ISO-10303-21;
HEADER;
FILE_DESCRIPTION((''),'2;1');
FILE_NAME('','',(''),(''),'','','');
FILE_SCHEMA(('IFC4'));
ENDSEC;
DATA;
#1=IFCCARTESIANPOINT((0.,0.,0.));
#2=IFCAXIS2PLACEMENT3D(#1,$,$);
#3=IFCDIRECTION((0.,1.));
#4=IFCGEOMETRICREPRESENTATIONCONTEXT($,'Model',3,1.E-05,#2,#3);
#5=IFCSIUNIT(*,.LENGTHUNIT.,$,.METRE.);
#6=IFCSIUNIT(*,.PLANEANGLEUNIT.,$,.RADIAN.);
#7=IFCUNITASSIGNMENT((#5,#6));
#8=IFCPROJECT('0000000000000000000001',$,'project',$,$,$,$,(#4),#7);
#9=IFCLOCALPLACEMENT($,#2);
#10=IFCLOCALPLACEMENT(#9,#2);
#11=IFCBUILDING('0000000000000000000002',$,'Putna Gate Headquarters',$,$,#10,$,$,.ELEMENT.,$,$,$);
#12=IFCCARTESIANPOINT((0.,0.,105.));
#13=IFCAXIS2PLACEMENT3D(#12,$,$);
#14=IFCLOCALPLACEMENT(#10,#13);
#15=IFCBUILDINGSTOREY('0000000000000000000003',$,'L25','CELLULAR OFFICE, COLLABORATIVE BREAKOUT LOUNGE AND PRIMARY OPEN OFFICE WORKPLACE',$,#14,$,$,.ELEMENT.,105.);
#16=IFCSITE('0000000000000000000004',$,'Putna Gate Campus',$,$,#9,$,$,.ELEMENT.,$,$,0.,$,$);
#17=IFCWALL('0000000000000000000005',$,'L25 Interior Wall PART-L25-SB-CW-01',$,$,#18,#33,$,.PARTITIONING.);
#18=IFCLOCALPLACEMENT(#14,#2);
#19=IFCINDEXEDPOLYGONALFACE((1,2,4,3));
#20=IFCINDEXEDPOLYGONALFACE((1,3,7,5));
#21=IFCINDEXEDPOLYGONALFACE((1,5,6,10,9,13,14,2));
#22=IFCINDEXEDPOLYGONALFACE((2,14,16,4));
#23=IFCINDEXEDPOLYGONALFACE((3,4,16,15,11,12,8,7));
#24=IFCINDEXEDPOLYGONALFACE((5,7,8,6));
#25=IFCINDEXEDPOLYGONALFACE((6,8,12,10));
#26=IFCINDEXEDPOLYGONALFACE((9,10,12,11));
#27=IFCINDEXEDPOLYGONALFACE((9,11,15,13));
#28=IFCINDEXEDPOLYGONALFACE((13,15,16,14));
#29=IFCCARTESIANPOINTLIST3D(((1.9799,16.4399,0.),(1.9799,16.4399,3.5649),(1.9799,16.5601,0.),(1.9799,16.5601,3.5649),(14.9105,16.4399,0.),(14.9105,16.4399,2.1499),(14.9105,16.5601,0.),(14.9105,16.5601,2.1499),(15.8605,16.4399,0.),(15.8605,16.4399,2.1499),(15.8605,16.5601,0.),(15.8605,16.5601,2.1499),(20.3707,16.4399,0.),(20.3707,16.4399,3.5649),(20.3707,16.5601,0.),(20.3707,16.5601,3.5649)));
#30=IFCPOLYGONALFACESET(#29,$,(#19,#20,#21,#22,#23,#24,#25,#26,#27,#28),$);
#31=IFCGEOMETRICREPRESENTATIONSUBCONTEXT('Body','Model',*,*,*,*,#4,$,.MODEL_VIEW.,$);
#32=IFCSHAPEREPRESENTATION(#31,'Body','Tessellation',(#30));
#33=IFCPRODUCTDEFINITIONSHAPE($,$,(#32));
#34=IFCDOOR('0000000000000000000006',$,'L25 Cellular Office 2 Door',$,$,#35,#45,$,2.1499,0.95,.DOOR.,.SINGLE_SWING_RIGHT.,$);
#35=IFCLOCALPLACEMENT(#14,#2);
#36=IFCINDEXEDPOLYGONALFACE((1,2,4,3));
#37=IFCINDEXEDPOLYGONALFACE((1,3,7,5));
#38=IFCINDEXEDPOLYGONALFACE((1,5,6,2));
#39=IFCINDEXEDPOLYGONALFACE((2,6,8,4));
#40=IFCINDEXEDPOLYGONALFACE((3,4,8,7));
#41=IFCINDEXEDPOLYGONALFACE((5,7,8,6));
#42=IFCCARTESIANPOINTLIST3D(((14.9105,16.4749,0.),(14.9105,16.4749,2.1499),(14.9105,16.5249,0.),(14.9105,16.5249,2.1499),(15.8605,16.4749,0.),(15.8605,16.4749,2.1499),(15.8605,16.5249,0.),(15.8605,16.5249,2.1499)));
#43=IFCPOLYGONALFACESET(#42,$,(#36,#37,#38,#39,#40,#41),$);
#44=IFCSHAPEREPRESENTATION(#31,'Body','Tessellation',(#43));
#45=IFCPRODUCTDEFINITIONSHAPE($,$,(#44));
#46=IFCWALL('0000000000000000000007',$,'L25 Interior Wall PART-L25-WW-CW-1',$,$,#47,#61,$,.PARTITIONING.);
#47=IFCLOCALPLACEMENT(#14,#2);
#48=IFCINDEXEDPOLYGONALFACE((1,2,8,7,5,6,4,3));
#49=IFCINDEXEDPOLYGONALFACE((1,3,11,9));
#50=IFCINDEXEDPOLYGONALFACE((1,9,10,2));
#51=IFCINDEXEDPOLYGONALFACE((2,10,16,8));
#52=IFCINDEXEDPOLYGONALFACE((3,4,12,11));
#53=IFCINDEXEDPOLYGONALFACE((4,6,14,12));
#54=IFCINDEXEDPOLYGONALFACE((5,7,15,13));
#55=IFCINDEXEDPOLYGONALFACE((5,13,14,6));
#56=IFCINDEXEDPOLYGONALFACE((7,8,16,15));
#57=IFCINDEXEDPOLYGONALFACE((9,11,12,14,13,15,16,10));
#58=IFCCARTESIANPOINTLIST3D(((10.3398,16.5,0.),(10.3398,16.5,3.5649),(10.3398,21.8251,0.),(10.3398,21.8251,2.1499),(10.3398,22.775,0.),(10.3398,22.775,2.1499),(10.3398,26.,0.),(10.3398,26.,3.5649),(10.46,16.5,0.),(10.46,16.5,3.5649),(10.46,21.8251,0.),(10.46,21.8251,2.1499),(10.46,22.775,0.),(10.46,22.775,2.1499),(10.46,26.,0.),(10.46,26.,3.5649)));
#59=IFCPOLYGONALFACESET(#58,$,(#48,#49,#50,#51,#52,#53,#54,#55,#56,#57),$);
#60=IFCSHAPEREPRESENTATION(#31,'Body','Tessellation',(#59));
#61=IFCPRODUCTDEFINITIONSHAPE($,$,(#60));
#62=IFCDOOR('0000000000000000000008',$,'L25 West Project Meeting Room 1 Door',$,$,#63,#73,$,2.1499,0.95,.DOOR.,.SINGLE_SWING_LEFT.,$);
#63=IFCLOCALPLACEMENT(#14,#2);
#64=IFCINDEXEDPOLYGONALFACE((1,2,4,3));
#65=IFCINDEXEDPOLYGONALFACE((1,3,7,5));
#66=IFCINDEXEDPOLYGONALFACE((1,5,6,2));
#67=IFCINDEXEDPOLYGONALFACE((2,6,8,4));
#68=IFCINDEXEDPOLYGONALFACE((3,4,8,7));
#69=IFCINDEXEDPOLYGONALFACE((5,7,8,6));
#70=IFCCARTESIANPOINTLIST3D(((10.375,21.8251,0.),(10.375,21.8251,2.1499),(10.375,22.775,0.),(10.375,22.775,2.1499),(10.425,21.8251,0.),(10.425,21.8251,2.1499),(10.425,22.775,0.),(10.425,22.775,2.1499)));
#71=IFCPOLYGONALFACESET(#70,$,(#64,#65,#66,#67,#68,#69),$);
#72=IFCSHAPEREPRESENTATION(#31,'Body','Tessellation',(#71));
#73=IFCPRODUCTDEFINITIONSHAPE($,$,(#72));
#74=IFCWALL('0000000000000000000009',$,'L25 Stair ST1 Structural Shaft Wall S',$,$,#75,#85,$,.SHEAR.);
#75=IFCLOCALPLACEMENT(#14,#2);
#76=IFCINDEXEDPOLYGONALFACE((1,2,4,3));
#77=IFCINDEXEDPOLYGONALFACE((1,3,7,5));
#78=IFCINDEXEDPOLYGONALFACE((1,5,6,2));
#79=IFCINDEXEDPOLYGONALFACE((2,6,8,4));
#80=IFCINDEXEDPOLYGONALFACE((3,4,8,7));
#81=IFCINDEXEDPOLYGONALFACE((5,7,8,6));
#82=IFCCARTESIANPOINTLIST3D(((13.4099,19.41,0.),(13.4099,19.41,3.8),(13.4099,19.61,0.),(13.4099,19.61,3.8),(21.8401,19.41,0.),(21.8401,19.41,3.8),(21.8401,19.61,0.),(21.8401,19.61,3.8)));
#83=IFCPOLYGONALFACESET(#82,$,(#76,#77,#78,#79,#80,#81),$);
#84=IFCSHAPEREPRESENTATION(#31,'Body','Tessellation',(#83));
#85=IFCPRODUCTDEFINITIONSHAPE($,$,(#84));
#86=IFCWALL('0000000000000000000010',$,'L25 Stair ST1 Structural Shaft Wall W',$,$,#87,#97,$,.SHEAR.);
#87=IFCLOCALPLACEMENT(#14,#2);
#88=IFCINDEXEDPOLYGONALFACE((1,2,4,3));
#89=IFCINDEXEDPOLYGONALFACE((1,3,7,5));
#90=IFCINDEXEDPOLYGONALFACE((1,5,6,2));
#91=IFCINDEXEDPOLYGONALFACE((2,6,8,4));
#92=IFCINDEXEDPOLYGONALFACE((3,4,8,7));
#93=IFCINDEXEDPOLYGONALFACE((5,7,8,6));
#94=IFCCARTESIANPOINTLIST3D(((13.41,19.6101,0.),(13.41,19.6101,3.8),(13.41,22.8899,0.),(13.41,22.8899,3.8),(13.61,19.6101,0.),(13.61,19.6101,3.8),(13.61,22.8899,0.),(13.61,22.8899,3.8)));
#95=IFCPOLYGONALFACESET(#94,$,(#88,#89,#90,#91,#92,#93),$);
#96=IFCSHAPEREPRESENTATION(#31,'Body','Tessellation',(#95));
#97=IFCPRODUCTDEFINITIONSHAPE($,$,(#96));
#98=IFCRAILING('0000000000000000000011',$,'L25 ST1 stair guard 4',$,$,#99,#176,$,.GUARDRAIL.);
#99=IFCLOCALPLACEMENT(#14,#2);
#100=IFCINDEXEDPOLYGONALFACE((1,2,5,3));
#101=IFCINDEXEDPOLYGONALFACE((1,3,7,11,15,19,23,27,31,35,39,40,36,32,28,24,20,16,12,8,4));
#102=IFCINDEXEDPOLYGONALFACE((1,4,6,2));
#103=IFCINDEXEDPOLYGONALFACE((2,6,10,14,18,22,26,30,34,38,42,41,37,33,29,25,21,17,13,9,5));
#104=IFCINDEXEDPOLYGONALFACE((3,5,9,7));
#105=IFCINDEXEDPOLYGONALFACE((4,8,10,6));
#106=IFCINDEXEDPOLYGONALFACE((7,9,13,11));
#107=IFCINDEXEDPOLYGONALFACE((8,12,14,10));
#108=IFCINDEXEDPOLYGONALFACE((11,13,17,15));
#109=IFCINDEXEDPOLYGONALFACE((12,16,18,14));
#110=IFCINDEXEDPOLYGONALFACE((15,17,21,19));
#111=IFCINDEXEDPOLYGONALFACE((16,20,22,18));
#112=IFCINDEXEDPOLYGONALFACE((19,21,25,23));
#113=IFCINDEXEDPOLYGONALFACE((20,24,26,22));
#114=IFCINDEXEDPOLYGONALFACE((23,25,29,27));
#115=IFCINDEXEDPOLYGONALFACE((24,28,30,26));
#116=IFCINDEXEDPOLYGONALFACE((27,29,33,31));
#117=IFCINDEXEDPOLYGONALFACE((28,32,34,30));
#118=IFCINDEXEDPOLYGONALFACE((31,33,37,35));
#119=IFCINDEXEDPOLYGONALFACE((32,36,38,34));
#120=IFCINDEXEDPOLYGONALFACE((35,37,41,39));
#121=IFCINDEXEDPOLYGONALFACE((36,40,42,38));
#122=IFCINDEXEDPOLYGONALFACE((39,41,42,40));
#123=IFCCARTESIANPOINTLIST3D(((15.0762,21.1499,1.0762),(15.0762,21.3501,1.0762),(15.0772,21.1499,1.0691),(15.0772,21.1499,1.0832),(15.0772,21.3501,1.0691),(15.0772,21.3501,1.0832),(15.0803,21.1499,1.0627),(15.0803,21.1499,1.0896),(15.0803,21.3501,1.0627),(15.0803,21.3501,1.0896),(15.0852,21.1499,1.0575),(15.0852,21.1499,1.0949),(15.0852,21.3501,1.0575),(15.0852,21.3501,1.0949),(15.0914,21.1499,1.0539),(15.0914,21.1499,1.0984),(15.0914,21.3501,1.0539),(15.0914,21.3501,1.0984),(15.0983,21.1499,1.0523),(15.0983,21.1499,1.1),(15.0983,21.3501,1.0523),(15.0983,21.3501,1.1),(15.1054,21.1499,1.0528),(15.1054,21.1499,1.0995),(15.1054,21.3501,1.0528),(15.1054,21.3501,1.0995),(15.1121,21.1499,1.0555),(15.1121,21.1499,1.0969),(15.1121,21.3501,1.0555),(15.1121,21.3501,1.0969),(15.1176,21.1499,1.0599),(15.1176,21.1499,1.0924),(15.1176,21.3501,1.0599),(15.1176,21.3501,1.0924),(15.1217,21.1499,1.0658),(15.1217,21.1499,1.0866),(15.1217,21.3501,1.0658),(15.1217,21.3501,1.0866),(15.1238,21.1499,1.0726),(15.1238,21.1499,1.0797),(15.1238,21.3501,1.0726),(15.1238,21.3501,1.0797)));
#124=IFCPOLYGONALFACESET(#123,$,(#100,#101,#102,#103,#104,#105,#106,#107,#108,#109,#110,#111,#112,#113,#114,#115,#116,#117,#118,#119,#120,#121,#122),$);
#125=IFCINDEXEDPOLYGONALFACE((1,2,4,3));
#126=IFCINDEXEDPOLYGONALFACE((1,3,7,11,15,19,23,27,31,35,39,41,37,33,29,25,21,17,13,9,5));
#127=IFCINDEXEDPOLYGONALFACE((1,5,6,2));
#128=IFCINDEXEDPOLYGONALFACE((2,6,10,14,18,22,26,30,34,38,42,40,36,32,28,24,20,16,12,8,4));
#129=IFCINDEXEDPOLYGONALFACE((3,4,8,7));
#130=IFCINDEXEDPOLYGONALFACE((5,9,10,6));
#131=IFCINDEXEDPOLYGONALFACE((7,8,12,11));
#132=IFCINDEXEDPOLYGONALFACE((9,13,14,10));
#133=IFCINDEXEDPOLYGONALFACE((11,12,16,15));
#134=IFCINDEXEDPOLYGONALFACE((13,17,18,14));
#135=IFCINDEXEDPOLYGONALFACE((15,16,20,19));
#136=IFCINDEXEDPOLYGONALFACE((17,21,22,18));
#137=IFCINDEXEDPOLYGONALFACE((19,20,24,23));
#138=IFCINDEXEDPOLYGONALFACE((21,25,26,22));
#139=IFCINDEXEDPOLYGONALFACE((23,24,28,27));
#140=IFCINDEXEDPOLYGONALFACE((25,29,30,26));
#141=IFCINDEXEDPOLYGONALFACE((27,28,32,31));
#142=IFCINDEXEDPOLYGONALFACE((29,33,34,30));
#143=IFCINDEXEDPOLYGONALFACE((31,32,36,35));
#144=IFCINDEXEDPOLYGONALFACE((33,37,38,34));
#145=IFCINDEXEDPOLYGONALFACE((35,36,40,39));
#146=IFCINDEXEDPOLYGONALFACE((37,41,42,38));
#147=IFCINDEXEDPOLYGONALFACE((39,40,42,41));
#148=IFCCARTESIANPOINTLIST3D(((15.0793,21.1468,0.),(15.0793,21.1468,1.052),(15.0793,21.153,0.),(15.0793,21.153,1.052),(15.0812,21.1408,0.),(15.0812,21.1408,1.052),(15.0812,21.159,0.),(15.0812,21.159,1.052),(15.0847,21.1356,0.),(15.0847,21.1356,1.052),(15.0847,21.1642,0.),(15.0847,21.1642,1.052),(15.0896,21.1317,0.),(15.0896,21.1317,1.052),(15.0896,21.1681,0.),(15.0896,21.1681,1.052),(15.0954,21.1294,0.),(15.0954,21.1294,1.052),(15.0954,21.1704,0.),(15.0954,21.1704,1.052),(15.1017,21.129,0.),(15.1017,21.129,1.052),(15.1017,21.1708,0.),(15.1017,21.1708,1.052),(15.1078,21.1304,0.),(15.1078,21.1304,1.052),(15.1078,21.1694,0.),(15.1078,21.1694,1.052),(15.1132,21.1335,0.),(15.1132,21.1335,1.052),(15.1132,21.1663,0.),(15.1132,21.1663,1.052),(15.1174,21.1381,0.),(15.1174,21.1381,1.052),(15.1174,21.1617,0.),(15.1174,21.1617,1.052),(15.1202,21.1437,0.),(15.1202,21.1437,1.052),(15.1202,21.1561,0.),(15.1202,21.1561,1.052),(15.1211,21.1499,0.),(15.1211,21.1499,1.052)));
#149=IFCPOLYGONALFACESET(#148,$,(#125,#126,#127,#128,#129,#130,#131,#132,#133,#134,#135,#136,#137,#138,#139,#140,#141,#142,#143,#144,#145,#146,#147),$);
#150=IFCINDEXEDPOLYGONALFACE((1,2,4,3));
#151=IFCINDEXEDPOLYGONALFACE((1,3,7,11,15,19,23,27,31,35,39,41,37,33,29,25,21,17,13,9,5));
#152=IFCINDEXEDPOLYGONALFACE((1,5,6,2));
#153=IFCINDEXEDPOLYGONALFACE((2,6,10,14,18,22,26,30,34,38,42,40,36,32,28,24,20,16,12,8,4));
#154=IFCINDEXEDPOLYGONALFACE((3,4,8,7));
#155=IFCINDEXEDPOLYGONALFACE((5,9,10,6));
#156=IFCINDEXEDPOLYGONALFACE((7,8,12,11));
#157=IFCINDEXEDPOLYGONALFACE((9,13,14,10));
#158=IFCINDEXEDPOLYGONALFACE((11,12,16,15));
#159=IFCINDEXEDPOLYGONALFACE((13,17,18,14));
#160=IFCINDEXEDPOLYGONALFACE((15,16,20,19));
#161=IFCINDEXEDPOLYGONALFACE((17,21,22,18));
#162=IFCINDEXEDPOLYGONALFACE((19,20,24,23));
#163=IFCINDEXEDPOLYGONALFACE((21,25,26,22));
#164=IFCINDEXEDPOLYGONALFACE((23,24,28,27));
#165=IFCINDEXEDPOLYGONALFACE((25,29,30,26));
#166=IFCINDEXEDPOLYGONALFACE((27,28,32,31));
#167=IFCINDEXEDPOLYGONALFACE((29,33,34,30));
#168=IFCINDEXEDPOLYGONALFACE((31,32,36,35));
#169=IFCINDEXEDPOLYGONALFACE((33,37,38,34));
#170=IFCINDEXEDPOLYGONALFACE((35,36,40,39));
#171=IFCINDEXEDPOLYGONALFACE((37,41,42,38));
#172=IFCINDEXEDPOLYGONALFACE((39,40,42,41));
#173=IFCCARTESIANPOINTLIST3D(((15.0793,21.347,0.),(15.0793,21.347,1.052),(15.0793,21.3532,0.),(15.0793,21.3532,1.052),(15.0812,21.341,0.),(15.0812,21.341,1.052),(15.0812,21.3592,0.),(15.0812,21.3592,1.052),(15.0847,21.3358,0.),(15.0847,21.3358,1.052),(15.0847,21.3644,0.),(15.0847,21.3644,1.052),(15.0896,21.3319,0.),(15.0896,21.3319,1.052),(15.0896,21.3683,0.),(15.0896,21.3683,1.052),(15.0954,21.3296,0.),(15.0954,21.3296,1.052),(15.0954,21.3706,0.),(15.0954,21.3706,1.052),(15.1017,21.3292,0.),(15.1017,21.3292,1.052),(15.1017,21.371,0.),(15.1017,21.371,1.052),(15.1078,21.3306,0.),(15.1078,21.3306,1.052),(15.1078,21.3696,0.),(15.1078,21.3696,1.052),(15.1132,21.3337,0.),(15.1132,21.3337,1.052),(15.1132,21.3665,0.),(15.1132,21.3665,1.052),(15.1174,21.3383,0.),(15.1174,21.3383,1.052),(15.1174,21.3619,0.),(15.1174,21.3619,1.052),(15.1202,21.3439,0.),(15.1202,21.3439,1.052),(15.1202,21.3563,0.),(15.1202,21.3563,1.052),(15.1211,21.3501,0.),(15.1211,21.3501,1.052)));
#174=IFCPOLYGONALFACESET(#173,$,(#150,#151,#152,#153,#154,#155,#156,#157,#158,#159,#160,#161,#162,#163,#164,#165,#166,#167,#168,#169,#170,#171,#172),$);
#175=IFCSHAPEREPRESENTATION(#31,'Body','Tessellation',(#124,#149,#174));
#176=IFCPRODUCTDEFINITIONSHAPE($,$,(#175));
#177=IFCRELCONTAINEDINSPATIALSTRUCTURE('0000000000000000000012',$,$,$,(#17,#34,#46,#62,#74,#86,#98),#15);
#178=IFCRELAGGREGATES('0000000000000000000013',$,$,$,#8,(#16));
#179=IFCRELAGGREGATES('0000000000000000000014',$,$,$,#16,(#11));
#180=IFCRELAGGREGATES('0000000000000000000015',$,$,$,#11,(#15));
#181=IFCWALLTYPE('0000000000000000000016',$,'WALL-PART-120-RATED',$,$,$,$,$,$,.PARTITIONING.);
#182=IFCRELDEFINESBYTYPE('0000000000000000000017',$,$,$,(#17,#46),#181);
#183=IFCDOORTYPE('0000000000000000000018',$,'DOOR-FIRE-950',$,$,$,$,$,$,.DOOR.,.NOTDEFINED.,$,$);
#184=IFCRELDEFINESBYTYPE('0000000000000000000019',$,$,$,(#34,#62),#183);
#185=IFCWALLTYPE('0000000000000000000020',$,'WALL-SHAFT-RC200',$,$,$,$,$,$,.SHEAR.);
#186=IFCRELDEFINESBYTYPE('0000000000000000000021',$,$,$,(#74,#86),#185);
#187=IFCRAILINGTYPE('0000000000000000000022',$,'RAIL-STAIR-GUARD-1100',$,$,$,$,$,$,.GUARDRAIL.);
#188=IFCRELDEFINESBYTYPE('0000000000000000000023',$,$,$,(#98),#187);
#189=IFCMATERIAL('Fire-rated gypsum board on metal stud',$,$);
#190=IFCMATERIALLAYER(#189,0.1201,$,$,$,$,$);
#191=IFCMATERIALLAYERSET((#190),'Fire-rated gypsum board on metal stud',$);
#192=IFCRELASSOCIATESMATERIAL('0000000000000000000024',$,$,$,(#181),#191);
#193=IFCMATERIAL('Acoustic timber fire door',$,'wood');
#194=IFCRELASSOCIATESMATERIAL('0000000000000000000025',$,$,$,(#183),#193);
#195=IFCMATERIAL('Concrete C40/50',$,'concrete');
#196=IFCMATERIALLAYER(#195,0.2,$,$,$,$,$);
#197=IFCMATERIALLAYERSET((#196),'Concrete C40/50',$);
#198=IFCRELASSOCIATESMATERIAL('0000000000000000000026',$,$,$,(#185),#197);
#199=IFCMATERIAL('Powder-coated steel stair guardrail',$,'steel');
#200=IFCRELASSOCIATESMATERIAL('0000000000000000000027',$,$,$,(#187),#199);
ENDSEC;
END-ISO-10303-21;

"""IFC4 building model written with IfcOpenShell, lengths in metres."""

from ifc_helpers import new_model, si_unit, direction, frame, frame_2d, origin, origin_2d, place, context, subcontext, project, spatial, rectangle, circle, extrude, material, layer, layer_set, type_object, element, fill, save


model = new_model("IFC4")

# Units and contexts
model_context = context("Model", 3, precision=1e-05, world=origin(), true_north=direction((0.0, 1.0)))
body_context = subcontext(model_context, "Body", "Model", "MODEL_VIEW")
ifc_project = project(units=[si_unit("LENGTHUNIT", "METRE"), si_unit("PLANEANGLEUNIT", "RADIAN")], contexts=[model_context])

# Site, building, storey
site_placement = place(None, origin())
site = spatial("IfcSite", under=ifc_project, at=site_placement, Name="Putna Gate Campus", CompositionType="ELEMENT", RefElevation=0.0)
building_placement = place(site_placement, origin())
building = spatial("IfcBuilding", under=site, at=building_placement, Name="Putna Gate Headquarters", CompositionType="ELEMENT")
storey_placement = place(building_placement, frame((0.0, 0.0, 105.0)))
storey = spatial("IfcBuildingStorey", under=building, at=storey_placement, Name="L25", Description="CELLULAR OFFICE, COLLABORATIVE BREAKOUT LOUNGE AND PRIMARY OPEN OFFICE WORKPLACE", CompositionType="ELEMENT", Elevation=105.0)

# Walls, openings, doors
ifc_material_1 = material(Name="Fire-rated gypsum board on metal stud")
ifc_layer_1 = layer(ifc_material_1, 0.1201)
ifc_layer_set_1 = layer_set([ifc_layer_1], Name="Fire-rated gypsum board on metal stud")
wall_type_1 = type_object("IfcWallType", Name="WALL-PART-120-RATED", PredefinedType="PARTITIONING", material=ifc_layer_set_1)
wall_1_placement = place(storey_placement, frame((1.98, 16.5, 0.0), z_axis=(0.0, 0.0, 1.0), x_axis=(1.0, 0.0, 0.0)))
wall_1 = element("IfcWall", 1, at=wall_1_placement, inside=storey, type_object=wall_type_1, Name="L25 Interior Wall PART-L25-SB-CW-01", PredefinedType="PARTITIONING", context=body_context, shape_type="SweptSolid", body=[
    extrude(rectangle(XDim=18.3909, YDim=0.1201, at=frame_2d((9.1953, 0.0))), origin(), (0.0, 0.0, 1.0), 3.5649),
])
opening_1_placement = place(wall_1_placement, frame((12.9304, 0.0, 0.0)))
opening_1 = element("IfcOpeningElement", 2, at=opening_1_placement, cuts=wall_1, PredefinedType="OPENING", context=body_context, shape_type="SweptSolid", body=[
    extrude(rectangle(XDim=0.95, YDim=2.1499, at=frame_2d((0.4751, 1.075))), frame((0.0, 0.0701, 0.0), z_axis=(0.0, -1.0, 0.0), x_axis=(1.0, 0.0, 0.0)), (0.0, 0.0, 1.0), 0.1401),
])
ifc_material_2 = material(Name="Acoustic timber fire door", Category="wood")
door_type_1 = type_object("IfcDoorType", Name="DOOR-FIRE-950", OperationType="NOTDEFINED", PredefinedType="DOOR", material=ifc_material_2)
door_1_placement = place(opening_1_placement, origin())
door_1 = element("IfcDoor", 3, at=door_1_placement, inside=storey, type_object=door_type_1, Name="L25 Cellular Office 2 Door", OperationType="SINGLE_SWING_RIGHT", OverallHeight=2.1499, OverallWidth=0.95, PredefinedType="DOOR", context=body_context, shape_type="SweptSolid", body=[
    extrude(rectangle(XDim=0.95, YDim=2.1499, at=frame_2d((0.4751, 1.075))), frame((0.0, 0.0249, 0.0), z_axis=(0.0, -1.0, 0.0), x_axis=(1.0, 0.0, 0.0)), (0.0, 0.0, 1.0), 0.05),
])
fill(opening_1, door_1)
wall_2_placement = place(storey_placement, frame((10.3999, 16.5, 0.0), z_axis=(0.0, 0.0, 1.0), x_axis=(0.0, 1.0, 0.0)))
wall_2 = element("IfcWall", 4, at=wall_2_placement, inside=storey, type_object=wall_type_1, Name="L25 Interior Wall PART-L25-WW-CW-1", PredefinedType="PARTITIONING", context=body_context, shape_type="SweptSolid", body=[
    extrude(rectangle(XDim=9.5, YDim=0.1201, at=frame_2d((4.75, 0.0))), origin(), (0.0, 0.0, 1.0), 3.5649),
])
opening_2_placement = place(wall_2_placement, frame((5.325, 0.0, 0.0)))
opening_2 = element("IfcOpeningElement", 5, at=opening_2_placement, cuts=wall_2, PredefinedType="OPENING", context=body_context, shape_type="SweptSolid", body=[
    extrude(rectangle(XDim=0.95, YDim=2.1499, at=frame_2d((0.4751, 1.075))), frame((0.0, 0.0701, 0.0), z_axis=(0.0, -1.0, 0.0), x_axis=(1.0, 0.0, 0.0)), (0.0, 0.0, 1.0), 0.1401),
])
door_2_placement = place(opening_2_placement, origin())
door_2 = element("IfcDoor", 6, at=door_2_placement, inside=storey, type_object=door_type_1, Name="L25 West Project Meeting Room 1 Door", OperationType="SINGLE_SWING_LEFT", OverallHeight=2.1499, OverallWidth=0.95, PredefinedType="DOOR", context=body_context, shape_type="SweptSolid", body=[
    extrude(rectangle(XDim=0.95, YDim=2.1499, at=frame_2d((0.4751, 1.075))), frame((0.0, 0.0249, 0.0), z_axis=(0.0, -1.0, 0.0), x_axis=(1.0, 0.0, 0.0)), (0.0, 0.0, 1.0), 0.05),
])
fill(opening_2, door_2)

# Walls
ifc_material_3 = material(Name="Concrete C40/50", Category="concrete")
ifc_layer_2 = layer(ifc_material_3, 0.2)
ifc_layer_set_2 = layer_set([ifc_layer_2], Name="Concrete C40/50")
wall_type_2 = type_object("IfcWallType", Name="WALL-SHAFT-RC200", PredefinedType="SHEAR", material=ifc_layer_set_2)
wall_3_placement = place(storey_placement, frame((13.4099, 19.51, 0.0), z_axis=(0.0, 0.0, 1.0), x_axis=(1.0, 0.0, 0.0)))
element("IfcWall", 7, at=wall_3_placement, inside=storey, type_object=wall_type_2, Name="L25 Stair ST1 Structural Shaft Wall S", PredefinedType="SHEAR", context=body_context, shape_type="SweptSolid", body=[
    extrude(rectangle(XDim=8.4302, YDim=0.2, at=frame_2d((4.2151, 0.0))), origin(), (0.0, 0.0, 1.0), 3.8),
])
wall_4_placement = place(storey_placement, frame((13.51, 19.6101, 0.0), z_axis=(0.0, 0.0, 1.0), x_axis=(0.0, 1.0, 0.0)))
element("IfcWall", 8, at=wall_4_placement, inside=storey, type_object=wall_type_2, Name="L25 Stair ST1 Structural Shaft Wall W", PredefinedType="SHEAR", context=body_context, shape_type="SweptSolid", body=[
    extrude(rectangle(XDim=3.2798, YDim=0.2, at=frame_2d((1.6399, 0.0))), origin(), (0.0, 0.0, 1.0), 3.8),
])

# Railing
ifc_material_4 = material(Name="Powder-coated steel stair guardrail", Category="steel")
railing_type = type_object("IfcRailingType", Name="RAIL-STAIR-GUARD-1100", PredefinedType="GUARDRAIL", material=ifc_material_4)
railing_placement = place(storey_placement, frame((15.1001, 21.1499, 0.0)))
element("IfcRailing", 9, at=railing_placement, inside=storey, type_object=railing_type, Name="L25 ST1 stair guard 4", PredefinedType="GUARDRAIL", context=body_context, shape_type="SweptSolid", body=[
    extrude(circle(Radius=0.0239, at=origin_2d()), frame((0.0, 0.0, 1.0762), z_axis=(0.0, 1.0, 0.0), x_axis=(-1.0, 0.0, 0.0)), (0.0, 0.0, 1.0), 0.2002),
    extrude(circle(Radius=0.021, at=origin_2d()), origin(), (0.0, 0.0, 1.0), 1.052),
    extrude(circle(Radius=0.021, at=origin_2d()), frame((0.0, 0.2002, 0.0)), (0.0, 0.0, 1.0), 1.052),
])

save(model, "model.ifc")
